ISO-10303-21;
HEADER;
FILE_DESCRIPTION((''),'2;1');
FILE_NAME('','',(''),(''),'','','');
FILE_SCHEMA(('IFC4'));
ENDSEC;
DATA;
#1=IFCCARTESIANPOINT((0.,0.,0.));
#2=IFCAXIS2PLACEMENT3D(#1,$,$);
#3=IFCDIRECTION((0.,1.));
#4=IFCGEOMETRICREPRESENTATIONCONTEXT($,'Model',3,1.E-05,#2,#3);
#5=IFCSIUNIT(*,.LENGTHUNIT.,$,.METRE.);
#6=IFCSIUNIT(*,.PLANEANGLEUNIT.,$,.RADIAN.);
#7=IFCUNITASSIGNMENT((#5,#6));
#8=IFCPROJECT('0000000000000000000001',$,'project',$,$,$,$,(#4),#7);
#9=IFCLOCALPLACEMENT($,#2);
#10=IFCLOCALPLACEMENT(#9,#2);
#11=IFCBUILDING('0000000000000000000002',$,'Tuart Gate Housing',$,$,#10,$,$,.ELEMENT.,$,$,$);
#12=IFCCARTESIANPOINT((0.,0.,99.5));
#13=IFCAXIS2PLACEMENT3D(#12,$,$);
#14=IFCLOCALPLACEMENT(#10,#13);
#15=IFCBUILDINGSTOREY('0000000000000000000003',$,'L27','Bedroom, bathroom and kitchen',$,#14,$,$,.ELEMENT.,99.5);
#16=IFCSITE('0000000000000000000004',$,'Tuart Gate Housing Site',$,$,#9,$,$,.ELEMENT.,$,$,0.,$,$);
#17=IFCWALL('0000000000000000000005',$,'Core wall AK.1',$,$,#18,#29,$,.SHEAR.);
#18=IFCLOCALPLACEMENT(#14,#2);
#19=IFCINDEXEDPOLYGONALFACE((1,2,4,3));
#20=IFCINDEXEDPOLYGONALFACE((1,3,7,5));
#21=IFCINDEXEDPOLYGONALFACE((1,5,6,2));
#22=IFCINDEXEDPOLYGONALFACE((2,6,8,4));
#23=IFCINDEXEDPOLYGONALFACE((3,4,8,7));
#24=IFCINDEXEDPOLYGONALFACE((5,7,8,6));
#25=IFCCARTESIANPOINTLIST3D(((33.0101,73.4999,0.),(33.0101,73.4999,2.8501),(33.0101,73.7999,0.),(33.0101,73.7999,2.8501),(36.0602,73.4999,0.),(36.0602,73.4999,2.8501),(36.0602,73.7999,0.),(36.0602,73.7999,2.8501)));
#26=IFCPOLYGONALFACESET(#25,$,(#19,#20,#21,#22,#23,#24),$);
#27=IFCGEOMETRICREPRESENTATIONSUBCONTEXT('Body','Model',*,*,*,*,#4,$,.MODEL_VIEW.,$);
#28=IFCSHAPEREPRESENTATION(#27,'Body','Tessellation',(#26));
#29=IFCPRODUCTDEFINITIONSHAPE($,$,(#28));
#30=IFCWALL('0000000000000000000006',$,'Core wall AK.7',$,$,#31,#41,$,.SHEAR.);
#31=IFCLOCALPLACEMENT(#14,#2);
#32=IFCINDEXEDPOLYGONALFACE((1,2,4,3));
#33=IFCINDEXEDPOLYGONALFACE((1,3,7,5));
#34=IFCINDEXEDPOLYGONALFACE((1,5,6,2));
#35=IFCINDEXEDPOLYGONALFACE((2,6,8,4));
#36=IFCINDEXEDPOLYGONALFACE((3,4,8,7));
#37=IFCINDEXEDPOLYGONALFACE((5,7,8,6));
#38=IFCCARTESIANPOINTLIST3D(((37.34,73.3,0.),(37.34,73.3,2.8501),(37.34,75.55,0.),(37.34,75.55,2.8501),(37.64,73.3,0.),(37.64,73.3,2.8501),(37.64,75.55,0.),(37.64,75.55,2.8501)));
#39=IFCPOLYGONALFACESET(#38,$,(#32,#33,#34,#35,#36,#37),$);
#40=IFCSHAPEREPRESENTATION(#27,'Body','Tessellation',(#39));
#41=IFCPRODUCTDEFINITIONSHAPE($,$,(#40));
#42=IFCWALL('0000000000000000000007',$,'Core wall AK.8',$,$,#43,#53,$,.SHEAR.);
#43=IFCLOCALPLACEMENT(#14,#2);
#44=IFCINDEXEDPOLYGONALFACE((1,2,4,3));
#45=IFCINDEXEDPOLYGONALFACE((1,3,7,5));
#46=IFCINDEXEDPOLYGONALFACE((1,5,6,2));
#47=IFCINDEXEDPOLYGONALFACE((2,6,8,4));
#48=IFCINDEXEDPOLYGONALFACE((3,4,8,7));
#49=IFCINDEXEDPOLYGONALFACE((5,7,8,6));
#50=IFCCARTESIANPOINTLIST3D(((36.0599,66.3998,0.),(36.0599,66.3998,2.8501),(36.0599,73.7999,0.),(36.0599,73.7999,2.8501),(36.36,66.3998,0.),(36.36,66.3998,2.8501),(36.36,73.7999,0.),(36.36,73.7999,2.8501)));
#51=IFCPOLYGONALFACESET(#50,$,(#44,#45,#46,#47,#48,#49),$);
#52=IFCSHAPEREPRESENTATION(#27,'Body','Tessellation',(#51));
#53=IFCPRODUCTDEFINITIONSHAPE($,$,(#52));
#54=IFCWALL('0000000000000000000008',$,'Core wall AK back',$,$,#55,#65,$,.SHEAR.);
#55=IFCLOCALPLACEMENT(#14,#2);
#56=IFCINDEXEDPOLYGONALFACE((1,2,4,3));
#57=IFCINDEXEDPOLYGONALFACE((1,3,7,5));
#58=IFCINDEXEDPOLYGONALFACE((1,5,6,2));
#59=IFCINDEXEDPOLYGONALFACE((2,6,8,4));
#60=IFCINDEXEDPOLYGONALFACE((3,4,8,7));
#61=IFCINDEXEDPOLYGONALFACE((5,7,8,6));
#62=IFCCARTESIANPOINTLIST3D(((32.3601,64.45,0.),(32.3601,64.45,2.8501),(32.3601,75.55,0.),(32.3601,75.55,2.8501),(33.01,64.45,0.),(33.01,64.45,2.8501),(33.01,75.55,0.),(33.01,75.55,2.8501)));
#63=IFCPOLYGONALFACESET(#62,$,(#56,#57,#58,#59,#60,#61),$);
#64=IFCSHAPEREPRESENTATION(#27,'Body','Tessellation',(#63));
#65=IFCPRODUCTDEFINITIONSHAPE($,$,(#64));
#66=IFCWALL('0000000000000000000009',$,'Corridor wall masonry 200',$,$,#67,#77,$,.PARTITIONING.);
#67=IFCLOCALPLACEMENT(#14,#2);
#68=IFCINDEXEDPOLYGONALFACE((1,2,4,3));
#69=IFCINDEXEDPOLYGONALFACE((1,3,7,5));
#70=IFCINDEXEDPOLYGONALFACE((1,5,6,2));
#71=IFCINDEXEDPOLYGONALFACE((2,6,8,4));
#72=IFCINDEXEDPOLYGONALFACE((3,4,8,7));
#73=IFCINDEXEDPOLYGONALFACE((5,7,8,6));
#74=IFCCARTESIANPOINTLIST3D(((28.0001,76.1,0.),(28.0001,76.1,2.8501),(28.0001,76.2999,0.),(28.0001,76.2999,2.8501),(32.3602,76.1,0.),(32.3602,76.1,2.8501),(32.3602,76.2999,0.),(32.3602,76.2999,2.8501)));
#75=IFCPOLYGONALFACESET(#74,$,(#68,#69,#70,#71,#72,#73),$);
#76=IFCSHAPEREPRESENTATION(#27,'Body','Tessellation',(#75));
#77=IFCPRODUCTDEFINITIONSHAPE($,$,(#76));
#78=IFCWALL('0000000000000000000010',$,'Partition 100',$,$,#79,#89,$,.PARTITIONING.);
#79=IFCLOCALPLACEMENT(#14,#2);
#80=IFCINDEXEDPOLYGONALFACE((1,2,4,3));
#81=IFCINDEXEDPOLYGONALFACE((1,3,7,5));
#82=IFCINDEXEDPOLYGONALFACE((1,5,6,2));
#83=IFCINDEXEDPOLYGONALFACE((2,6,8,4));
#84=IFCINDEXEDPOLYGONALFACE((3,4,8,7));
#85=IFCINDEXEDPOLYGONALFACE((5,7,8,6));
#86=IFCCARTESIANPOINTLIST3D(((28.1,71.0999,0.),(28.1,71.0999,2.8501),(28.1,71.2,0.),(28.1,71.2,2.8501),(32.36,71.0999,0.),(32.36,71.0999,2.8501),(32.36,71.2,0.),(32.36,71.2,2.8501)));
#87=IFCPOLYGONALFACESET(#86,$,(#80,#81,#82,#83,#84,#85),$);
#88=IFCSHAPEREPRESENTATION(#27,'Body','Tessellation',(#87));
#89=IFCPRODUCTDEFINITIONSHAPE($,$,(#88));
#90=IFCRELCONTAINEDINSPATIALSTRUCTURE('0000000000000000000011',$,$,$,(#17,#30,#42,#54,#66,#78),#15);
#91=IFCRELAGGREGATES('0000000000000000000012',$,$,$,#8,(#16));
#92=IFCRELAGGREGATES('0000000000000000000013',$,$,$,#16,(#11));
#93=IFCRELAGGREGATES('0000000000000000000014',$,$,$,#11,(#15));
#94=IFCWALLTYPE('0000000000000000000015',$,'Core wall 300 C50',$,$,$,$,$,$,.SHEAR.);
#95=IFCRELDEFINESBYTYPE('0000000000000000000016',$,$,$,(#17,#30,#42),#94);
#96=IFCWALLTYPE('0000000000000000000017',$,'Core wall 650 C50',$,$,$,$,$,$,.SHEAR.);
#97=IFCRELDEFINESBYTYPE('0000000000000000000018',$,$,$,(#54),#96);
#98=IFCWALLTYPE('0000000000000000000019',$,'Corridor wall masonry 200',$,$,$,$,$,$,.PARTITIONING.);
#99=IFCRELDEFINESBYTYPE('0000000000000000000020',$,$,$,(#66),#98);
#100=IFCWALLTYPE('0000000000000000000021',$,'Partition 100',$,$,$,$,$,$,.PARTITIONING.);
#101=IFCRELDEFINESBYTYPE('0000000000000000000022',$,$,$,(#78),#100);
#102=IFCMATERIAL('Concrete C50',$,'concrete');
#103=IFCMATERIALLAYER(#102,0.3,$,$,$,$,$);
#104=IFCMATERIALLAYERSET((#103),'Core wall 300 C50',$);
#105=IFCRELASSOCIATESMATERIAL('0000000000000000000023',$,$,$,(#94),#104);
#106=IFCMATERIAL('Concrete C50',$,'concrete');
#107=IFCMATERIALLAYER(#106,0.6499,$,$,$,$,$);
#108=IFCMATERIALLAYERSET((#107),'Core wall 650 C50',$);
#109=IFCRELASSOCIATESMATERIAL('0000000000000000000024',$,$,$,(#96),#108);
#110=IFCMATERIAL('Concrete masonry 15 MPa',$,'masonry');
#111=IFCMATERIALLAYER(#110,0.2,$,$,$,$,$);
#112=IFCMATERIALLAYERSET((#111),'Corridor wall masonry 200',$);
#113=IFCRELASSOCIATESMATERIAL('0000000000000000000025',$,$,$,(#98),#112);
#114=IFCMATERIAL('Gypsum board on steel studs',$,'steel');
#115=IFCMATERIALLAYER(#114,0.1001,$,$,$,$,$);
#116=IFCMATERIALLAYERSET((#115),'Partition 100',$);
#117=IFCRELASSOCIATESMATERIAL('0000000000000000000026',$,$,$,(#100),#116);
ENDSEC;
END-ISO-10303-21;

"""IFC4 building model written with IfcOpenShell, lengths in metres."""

from ifc_helpers import new_model, si_unit, direction, frame, frame_2d, origin, place, context, subcontext, project, spatial, rectangle, extrude, material, layer, layer_set, type_object, element, save


model = new_model("IFC4")

# Units and contexts
model_context = context("Model", 3, precision=1e-05, world=origin(), true_north=direction((0.0, 1.0)))
body_context = subcontext(model_context, "Body", "Model", "MODEL_VIEW")
ifc_project = project(units=[si_unit("LENGTHUNIT", "METRE"), si_unit("PLANEANGLEUNIT", "RADIAN")], contexts=[model_context])

# Site, building, storey
site_placement = place(None, origin())
site = spatial("IfcSite", under=ifc_project, at=site_placement, Name="Tuart Gate Housing Site", CompositionType="ELEMENT", RefElevation=0.0)
building_placement = place(site_placement, origin())
building = spatial("IfcBuilding", under=site, at=building_placement, Name="Tuart Gate Housing", CompositionType="ELEMENT")
storey_placement = place(building_placement, frame((0.0, 0.0, 99.5)))
storey = spatial("IfcBuildingStorey", under=building, at=storey_placement, Name="L27", Description="Bedroom, bathroom and kitchen", CompositionType="ELEMENT", Elevation=99.5)

# Walls
ifc_material_1 = material(Name="Concrete C50", Category="concrete")
ifc_layer_1 = layer(ifc_material_1, 0.3)
ifc_layer_set_1 = layer_set([ifc_layer_1], Name="Core wall 300 C50")
wall_type_1 = type_object("IfcWallType", Name="Core wall 300 C50", PredefinedType="SHEAR", material=ifc_layer_set_1)
wall_1_placement = place(storey_placement, frame((36.0601, 73.6499, 0.0), z_axis=(0.0, 0.0, 1.0), x_axis=(-1.0, 0.0, 0.0)))
element("IfcWall", 1, at=wall_1_placement, inside=storey, type_object=wall_type_1, Name="Core wall AK.1", PredefinedType="SHEAR", context=body_context, shape_type="SweptSolid", body=[
    extrude(rectangle(XDim=3.05, YDim=0.3, at=frame_2d((1.5249, 0.0))), origin(), (0.0, 0.0, 1.0), 2.8501),
])
wall_2_placement = place(storey_placement, frame((37.49, 75.55, 0.0), z_axis=(0.0, 0.0, 1.0), x_axis=(0.0, -1.0, 0.0)))
element("IfcWall", 2, at=wall_2_placement, inside=storey, type_object=wall_type_1, Name="Core wall AK.7", PredefinedType="SHEAR", context=body_context, shape_type="SweptSolid", body=[
    extrude(rectangle(XDim=2.25, YDim=0.3, at=frame_2d((1.125, 0.0))), origin(), (0.0, 0.0, 1.0), 2.8501),
])
wall_3_placement = place(storey_placement, frame((36.21, 73.8, 0.0), z_axis=(0.0, 0.0, 1.0), x_axis=(0.0, -1.0, 0.0)))
element("IfcWall", 3, at=wall_3_placement, inside=storey, type_object=wall_type_1, Name="Core wall AK.8", PredefinedType="SHEAR", context=body_context, shape_type="SweptSolid", body=[
    extrude(rectangle(XDim=7.4001, YDim=0.3, at=frame_2d((3.7002, 0.0))), origin(), (0.0, 0.0, 1.0), 2.8501),
])
ifc_material_2 = material(Name="Concrete C50", Category="concrete")
ifc_layer_2 = layer(ifc_material_2, 0.6499)
ifc_layer_set_2 = layer_set([ifc_layer_2], Name="Core wall 650 C50")
wall_type_2 = type_object("IfcWallType", Name="Core wall 650 C50", PredefinedType="SHEAR", material=ifc_layer_set_2)
wall_4_placement = place(storey_placement, frame((32.6851, 75.55, 0.0), z_axis=(0.0, 0.0, 1.0), x_axis=(0.0, -1.0, 0.0)))
element("IfcWall", 4, at=wall_4_placement, inside=storey, type_object=wall_type_2, Name="Core wall AK back", PredefinedType="SHEAR", context=body_context, shape_type="SweptSolid", body=[
    extrude(rectangle(XDim=11.1001, YDim=0.6499, at=frame_2d((5.55, 0.0))), origin(), (0.0, 0.0, 1.0), 2.8501),
])
ifc_material_3 = material(Name="Concrete masonry 15 MPa", Category="masonry")
ifc_layer_3 = layer(ifc_material_3, 0.2)
ifc_layer_set_3 = layer_set([ifc_layer_3], Name="Corridor wall masonry 200")
wall_type_3 = type_object("IfcWallType", Name="Corridor wall masonry 200", PredefinedType="PARTITIONING", material=ifc_layer_set_3)
wall_5_placement = place(storey_placement, frame((28.0, 76.2, 0.0), z_axis=(0.0, 0.0, 1.0), x_axis=(1.0, 0.0, 0.0)))
element("IfcWall", 5, at=wall_5_placement, inside=storey, type_object=wall_type_3, Name="Corridor wall masonry 200", PredefinedType="PARTITIONING", context=body_context, shape_type="SweptSolid", body=[
    extrude(rectangle(XDim=4.3601, YDim=0.2, at=frame_2d((2.1802, 0.0))), origin(), (0.0, 0.0, 1.0), 2.8501),
])
ifc_material_4 = material(Name="Gypsum board on steel studs", Category="steel")
ifc_layer_4 = layer(ifc_material_4, 0.1001)
ifc_layer_set_4 = layer_set([ifc_layer_4], Name="Partition 100")
wall_type_4 = type_object("IfcWallType", Name="Partition 100", PredefinedType="PARTITIONING", material=ifc_layer_set_4)
wall_6_placement = place(storey_placement, frame((28.1001, 71.1499, 0.0), z_axis=(0.0, 0.0, 1.0), x_axis=(1.0, 0.0, 0.0)))
element("IfcWall", 6, at=wall_6_placement, inside=storey, type_object=wall_type_4, Name="Partition 100", PredefinedType="PARTITIONING", context=body_context, shape_type="SweptSolid", body=[
    extrude(rectangle(XDim=4.26, YDim=0.1001, at=frame_2d((2.1299, 0.0))), origin(), (0.0, 0.0, 1.0), 2.8501),
])

save(model, "model.ifc")
